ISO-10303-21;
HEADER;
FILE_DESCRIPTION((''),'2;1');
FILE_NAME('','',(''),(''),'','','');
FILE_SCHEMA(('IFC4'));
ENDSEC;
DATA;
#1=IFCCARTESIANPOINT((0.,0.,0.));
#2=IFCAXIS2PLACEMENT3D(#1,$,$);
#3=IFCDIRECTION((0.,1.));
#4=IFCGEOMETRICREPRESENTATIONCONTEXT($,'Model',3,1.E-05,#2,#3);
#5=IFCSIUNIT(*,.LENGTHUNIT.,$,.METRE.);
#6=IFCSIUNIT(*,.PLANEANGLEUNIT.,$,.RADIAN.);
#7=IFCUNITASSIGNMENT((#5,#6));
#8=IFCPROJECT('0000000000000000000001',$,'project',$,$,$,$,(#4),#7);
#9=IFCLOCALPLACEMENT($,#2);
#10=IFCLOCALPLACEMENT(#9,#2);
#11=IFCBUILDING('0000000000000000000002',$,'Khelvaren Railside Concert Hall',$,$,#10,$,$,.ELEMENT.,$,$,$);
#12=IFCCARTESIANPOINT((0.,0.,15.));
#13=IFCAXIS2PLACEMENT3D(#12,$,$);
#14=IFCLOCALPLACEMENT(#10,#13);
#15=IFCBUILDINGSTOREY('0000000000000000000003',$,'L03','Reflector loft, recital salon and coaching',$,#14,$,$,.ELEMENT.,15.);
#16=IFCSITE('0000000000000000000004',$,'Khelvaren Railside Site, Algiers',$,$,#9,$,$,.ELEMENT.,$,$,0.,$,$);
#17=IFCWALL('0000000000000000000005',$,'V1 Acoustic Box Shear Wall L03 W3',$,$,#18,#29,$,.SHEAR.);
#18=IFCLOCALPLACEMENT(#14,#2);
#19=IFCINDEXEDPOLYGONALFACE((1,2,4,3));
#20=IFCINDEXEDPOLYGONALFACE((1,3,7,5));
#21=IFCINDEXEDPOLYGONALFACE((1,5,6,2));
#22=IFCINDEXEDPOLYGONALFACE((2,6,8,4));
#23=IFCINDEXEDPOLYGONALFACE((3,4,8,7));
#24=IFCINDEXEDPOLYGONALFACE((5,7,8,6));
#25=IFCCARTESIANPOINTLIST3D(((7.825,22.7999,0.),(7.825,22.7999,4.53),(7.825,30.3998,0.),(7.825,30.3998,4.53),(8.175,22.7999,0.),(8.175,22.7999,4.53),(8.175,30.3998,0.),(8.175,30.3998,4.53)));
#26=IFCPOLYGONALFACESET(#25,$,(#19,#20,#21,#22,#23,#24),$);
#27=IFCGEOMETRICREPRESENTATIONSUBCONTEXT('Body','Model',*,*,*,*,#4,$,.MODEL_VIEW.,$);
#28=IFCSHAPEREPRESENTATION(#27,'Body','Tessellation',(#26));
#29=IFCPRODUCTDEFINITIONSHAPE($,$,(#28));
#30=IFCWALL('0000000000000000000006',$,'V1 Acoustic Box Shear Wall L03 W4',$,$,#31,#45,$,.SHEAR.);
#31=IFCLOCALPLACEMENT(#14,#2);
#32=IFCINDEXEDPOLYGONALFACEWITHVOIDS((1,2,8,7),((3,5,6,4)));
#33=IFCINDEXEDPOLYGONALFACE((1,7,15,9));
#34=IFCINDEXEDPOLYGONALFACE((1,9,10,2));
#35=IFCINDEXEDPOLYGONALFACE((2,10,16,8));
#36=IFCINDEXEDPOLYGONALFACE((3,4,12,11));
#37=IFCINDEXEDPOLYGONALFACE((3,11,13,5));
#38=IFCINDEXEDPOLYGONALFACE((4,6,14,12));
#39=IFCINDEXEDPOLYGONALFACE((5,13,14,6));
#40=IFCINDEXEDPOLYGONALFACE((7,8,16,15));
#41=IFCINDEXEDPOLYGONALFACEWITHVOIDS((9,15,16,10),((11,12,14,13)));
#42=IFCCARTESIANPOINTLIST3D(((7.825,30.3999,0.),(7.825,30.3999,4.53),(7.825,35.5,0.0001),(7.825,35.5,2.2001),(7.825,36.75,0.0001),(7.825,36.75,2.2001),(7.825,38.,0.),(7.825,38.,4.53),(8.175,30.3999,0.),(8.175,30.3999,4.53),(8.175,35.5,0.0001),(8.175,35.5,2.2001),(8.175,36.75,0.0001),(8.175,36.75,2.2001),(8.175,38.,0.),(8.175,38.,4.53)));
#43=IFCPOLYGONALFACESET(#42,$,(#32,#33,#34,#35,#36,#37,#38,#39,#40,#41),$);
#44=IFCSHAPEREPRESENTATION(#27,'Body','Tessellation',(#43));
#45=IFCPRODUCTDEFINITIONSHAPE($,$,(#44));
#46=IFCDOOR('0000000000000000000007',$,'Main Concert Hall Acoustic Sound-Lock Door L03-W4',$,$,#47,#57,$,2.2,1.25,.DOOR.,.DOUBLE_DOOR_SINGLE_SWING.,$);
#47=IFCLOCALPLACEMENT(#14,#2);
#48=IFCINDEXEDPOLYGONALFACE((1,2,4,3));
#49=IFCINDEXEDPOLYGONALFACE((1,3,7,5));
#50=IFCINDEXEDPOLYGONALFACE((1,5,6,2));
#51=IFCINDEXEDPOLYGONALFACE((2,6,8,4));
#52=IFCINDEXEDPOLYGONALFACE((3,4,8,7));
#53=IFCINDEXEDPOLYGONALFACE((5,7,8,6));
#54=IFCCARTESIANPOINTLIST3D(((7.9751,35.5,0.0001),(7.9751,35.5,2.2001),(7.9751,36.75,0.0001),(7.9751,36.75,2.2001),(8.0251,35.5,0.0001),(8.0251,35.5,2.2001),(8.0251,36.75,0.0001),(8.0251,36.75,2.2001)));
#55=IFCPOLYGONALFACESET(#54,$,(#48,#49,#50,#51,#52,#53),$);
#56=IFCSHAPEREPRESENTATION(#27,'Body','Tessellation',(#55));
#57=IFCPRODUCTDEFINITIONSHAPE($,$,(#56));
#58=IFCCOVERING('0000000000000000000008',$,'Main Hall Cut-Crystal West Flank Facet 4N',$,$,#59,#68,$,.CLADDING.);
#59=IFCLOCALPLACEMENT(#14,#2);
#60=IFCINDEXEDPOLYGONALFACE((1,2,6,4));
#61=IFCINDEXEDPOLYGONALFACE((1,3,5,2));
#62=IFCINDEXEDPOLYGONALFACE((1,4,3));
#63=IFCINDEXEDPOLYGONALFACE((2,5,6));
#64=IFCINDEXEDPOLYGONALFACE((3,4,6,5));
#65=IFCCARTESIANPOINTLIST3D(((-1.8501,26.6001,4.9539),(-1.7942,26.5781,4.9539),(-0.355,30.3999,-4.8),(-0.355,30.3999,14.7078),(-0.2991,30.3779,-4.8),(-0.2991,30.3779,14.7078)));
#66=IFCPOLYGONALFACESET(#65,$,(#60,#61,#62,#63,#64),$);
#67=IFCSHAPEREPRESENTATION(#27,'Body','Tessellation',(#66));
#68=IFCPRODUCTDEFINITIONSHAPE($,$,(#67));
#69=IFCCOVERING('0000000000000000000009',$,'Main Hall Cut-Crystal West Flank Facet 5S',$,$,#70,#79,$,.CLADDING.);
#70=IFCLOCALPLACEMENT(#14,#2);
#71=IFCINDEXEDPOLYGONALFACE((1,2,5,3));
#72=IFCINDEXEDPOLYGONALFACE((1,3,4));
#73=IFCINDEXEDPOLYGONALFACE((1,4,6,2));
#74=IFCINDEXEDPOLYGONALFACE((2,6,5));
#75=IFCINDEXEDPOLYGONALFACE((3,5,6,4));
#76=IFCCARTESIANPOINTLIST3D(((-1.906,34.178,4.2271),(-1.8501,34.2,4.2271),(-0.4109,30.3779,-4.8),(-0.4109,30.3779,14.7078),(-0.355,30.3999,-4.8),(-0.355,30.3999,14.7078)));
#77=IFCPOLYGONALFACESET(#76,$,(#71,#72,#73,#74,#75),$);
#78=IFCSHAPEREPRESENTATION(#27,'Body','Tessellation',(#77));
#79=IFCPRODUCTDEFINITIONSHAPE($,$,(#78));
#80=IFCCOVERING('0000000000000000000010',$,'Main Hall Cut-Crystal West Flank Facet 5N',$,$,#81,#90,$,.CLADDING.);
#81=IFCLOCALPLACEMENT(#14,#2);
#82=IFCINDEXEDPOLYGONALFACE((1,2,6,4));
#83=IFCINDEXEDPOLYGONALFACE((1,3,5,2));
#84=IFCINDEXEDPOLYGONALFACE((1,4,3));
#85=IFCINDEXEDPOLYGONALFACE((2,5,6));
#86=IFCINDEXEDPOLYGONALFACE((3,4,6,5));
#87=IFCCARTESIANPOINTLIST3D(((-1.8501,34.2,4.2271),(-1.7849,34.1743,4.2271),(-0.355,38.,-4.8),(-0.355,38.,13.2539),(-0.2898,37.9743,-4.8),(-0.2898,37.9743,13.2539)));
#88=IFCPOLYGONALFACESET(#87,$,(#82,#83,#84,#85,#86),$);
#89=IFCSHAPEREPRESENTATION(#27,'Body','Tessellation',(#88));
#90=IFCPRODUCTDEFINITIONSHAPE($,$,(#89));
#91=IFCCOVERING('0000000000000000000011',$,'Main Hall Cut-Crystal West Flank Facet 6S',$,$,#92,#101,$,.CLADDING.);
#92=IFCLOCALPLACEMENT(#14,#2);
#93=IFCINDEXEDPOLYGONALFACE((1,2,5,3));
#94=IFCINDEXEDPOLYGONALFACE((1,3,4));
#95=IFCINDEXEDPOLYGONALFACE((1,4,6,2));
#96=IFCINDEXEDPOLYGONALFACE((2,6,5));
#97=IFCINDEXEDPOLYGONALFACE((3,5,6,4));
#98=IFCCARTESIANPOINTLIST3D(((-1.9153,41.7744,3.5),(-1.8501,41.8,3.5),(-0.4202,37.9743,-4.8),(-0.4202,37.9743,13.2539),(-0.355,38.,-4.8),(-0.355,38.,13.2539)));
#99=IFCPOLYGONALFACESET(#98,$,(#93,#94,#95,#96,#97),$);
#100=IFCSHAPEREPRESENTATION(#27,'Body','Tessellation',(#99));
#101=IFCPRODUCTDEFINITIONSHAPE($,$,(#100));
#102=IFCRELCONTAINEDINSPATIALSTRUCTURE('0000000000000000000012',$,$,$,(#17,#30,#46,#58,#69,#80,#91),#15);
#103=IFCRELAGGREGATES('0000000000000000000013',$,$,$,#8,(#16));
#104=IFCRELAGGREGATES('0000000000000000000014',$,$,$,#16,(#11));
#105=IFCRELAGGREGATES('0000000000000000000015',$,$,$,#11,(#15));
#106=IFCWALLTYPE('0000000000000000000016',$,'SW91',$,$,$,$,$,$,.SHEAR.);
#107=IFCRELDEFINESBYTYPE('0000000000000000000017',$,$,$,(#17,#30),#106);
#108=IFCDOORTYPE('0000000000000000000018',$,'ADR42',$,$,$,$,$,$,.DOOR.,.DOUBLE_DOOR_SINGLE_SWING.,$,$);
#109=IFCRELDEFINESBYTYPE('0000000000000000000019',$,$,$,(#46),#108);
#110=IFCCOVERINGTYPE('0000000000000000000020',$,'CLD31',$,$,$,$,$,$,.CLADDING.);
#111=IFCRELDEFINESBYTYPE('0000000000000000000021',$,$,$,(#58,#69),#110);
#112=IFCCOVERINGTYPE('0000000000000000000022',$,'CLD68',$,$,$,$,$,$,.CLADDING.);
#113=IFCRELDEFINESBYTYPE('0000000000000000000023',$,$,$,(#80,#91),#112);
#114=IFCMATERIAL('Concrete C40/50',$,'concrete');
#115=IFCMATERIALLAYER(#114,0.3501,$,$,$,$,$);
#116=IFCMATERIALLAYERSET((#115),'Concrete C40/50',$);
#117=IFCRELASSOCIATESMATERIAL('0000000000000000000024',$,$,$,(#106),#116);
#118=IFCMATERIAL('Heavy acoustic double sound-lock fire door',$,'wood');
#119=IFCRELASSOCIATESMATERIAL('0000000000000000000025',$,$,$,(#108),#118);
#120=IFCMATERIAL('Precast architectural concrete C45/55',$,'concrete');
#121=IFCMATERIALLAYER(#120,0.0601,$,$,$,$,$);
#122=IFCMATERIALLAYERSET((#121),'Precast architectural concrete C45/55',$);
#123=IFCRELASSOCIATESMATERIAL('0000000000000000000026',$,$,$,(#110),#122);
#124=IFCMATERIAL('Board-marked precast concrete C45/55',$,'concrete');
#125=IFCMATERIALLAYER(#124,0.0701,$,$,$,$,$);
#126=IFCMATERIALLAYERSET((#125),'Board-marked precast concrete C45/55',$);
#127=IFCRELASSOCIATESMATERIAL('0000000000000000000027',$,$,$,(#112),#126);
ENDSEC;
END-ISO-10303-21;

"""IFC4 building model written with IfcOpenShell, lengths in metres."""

from ifc_helpers import new_model, si_unit, direction, frame, frame_2d, origin, place, context, subcontext, project, spatial, polyline, rectangle, outline, extrude, material, layer, layer_set, type_object, element, fill, save


model = new_model("IFC4")

# Units and contexts
model_context = context("Model", 3, precision=1e-05, world=origin(), true_north=direction((0.0, 1.0)))
body_context = subcontext(model_context, "Body", "Model", "MODEL_VIEW")
ifc_project = project(units=[si_unit("LENGTHUNIT", "METRE"), si_unit("PLANEANGLEUNIT", "RADIAN")], contexts=[model_context])

# Site, building, storey
site_placement = place(None, origin())
site = spatial("IfcSite", under=ifc_project, at=site_placement, Name="Khelvaren Railside Site, Algiers", CompositionType="ELEMENT", RefElevation=0.0)
building_placement = place(site_placement, origin())
building = spatial("IfcBuilding", under=site, at=building_placement, Name="Khelvaren Railside Concert Hall", CompositionType="ELEMENT")
storey_placement = place(building_placement, frame((0.0, 0.0, 15.0)))
storey = spatial("IfcBuildingStorey", under=building, at=storey_placement, Name="L03", Description="Reflector loft, recital salon and coaching", CompositionType="ELEMENT", Elevation=15.0)

# Shared definitions
ifc_material_1 = material(Name="Concrete C40/50", Category="concrete")

# Shared definitions
ifc_layer_1 = layer(ifc_material_1, 0.3501)
ifc_layer_set_1 = layer_set([ifc_layer_1], Name="Concrete C40/50")
wall_type_1 = type_object("IfcWallType", Name="SW91", PredefinedType="SHEAR", material=ifc_layer_set_1)
ifc_material_2 = material(Name="Heavy acoustic double sound-lock fire door", Category="wood")
door_type = type_object("IfcDoorType", Name="ADR42", OperationType="DOUBLE_DOOR_SINGLE_SWING", PredefinedType="DOOR", material=ifc_material_2)

# Wall
wall_1_placement = place(storey_placement, frame((8.0, 22.8, 0.0), z_axis=(0.0, 0.0, 1.0), x_axis=(0.0, 1.0, 0.0)))
element("IfcWall", 1, at=wall_1_placement, inside=storey, type_object=wall_type_1, Name="V1 Acoustic Box Shear Wall L03 W3", PredefinedType="SHEAR", context=body_context, shape_type="SweptSolid", body=[
    extrude(rectangle(XDim=7.5999, YDim=0.3501, at=frame_2d((3.7998, 0.0))), origin(), (0.0, 0.0, 1.0), 4.53),
])

# Wall, opening, door
wall_2_placement = place(storey_placement, frame((8.0, 30.3999, 0.0), z_axis=(0.0, 0.0, 1.0), x_axis=(0.0, 1.0, 0.0)))
wall_2 = element("IfcWall", 2, at=wall_2_placement, inside=storey, type_object=wall_type_1, Name="V1 Acoustic Box Shear Wall L03 W4", PredefinedType="SHEAR", context=body_context, shape_type="SweptSolid", body=[
    extrude(rectangle(XDim=7.6001, YDim=0.3501, at=frame_2d((3.8, 0.0))), origin(), (0.0, 0.0, 1.0), 4.53),
])
opening_1_placement = place(wall_2_placement, frame((5.1001, 0.0, 0.0)))
opening_1 = element("IfcOpeningElement", 3, at=opening_1_placement, cuts=wall_2, PredefinedType="OPENING", context=body_context, shape_type="SweptSolid", body=[
    extrude(rectangle(XDim=1.25, YDim=2.2, at=frame_2d((0.625, 1.1001))), frame((0.0, 0.1851, 0.0), z_axis=(0.0, -1.0, 0.0), x_axis=(1.0, 0.0, 0.0)), (0.0, 0.0, 1.0), 0.3701),
])
door_1_placement = place(opening_1_placement, origin())
door_1 = element("IfcDoor", 4, at=door_1_placement, inside=storey, type_object=door_type, Name="Main Concert Hall Acoustic Sound-Lock Door L03-W4", OperationType="DOUBLE_DOOR_SINGLE_SWING", OverallHeight=2.2, OverallWidth=1.25, PredefinedType="DOOR", context=body_context, shape_type="SweptSolid", body=[
    extrude(rectangle(XDim=1.25, YDim=2.2, at=frame_2d((0.625, 1.1001))), frame((0.0, 0.0249, 0.0), z_axis=(0.0, -1.0, 0.0), x_axis=(1.0, 0.0, 0.0)), (0.0, 0.0, 1.0), 0.05),
])
fill(opening_1, door_1)

# Coverings
ifc_material_3 = material(Name="Precast architectural concrete C45/55", Category="concrete")
ifc_layer_2 = layer(ifc_material_3, 0.0601)
ifc_layer_set_2 = layer_set([ifc_layer_2], Name="Precast architectural concrete C45/55")
covering_type_1 = type_object("IfcCoveringType", Name="CLD31", PredefinedType="CLADDING", material=ifc_layer_set_2)
covering_1_placement = place(storey_placement, frame((-0.355, 30.3999, 14.7078), z_axis=(-0.930557, 0.366148, 0.0), x_axis=(0.0, 0.0, -1.0)))
element("IfcCovering", 5, at=covering_1_placement, inside=storey, type_object=covering_type_1, Name="Main Hall Cut-Crystal West Flank Facet 4N", PredefinedType="CLADDING", context=body_context, shape_type="SweptSolid", body=[
    extrude(outline(polyline([(0.0, 0.0), (19.5078, 0.0), (9.7539, 4.0834), (0.0, 0.0)])), origin(), (0.0, 0.0, -1.0), 0.0601),
])
covering_2_placement = place(storey_placement, frame((-0.355, 30.3999, 14.7078), z_axis=(0.930565, 0.366128, 0.0), x_axis=(0.0, 0.0, -1.0)))
element("IfcCovering", 6, at=covering_2_placement, inside=storey, type_object=covering_type_1, Name="Main Hall Cut-Crystal West Flank Facet 5S", PredefinedType="CLADDING", context=body_context, shape_type="SweptSolid", body=[
    extrude(outline(polyline([(0.0, 0.0), (19.5078, 0.0), (10.4807, 4.0836), (0.0, 0.0)])), origin(), (0.0, 0.0, -1.0), 0.0601),
])
ifc_material_4 = material(Name="Board-marked precast concrete C45/55", Category="concrete")
ifc_layer_3 = layer(ifc_material_4, 0.0701)
ifc_layer_set_3 = layer_set([ifc_layer_3], Name="Board-marked precast concrete C45/55")
covering_type_2 = type_object("IfcCoveringType", Name="CLD68", PredefinedType="CLADDING", material=ifc_layer_set_3)
covering_3_placement = place(storey_placement, frame((-0.355, 38.0, 13.2539), z_axis=(-0.930565, 0.366128, 0.0), x_axis=(0.0, 0.0, -1.0)))
element("IfcCovering", 7, at=covering_3_placement, inside=storey, type_object=covering_type_2, Name="Main Hall Cut-Crystal West Flank Facet 5N", PredefinedType="CLADDING", context=body_context, shape_type="SweptSolid", body=[
    extrude(outline(polyline([(0.0, 0.0), (18.054, 0.0), (9.0269, 4.0836), (0.0, 0.0)])), origin(), (0.0, 0.0, -1.0), 0.0701),
])
covering_4_placement = place(storey_placement, frame((-0.355, 38.0, 13.2539), z_axis=(0.930565, 0.366128, 0.0), x_axis=(0.0, 0.0, -1.0)))
element("IfcCovering", 8, at=covering_4_placement, inside=storey, type_object=covering_type_2, Name="Main Hall Cut-Crystal West Flank Facet 6S", PredefinedType="CLADDING", context=body_context, shape_type="SweptSolid", body=[
    extrude(outline(polyline([(0.0, 0.0), (18.054, 0.0), (9.7539, 4.0836), (0.0, 0.0)])), origin(), (0.0, 0.0, -1.0), 0.0701),
])

save(model, "model.ifc")
